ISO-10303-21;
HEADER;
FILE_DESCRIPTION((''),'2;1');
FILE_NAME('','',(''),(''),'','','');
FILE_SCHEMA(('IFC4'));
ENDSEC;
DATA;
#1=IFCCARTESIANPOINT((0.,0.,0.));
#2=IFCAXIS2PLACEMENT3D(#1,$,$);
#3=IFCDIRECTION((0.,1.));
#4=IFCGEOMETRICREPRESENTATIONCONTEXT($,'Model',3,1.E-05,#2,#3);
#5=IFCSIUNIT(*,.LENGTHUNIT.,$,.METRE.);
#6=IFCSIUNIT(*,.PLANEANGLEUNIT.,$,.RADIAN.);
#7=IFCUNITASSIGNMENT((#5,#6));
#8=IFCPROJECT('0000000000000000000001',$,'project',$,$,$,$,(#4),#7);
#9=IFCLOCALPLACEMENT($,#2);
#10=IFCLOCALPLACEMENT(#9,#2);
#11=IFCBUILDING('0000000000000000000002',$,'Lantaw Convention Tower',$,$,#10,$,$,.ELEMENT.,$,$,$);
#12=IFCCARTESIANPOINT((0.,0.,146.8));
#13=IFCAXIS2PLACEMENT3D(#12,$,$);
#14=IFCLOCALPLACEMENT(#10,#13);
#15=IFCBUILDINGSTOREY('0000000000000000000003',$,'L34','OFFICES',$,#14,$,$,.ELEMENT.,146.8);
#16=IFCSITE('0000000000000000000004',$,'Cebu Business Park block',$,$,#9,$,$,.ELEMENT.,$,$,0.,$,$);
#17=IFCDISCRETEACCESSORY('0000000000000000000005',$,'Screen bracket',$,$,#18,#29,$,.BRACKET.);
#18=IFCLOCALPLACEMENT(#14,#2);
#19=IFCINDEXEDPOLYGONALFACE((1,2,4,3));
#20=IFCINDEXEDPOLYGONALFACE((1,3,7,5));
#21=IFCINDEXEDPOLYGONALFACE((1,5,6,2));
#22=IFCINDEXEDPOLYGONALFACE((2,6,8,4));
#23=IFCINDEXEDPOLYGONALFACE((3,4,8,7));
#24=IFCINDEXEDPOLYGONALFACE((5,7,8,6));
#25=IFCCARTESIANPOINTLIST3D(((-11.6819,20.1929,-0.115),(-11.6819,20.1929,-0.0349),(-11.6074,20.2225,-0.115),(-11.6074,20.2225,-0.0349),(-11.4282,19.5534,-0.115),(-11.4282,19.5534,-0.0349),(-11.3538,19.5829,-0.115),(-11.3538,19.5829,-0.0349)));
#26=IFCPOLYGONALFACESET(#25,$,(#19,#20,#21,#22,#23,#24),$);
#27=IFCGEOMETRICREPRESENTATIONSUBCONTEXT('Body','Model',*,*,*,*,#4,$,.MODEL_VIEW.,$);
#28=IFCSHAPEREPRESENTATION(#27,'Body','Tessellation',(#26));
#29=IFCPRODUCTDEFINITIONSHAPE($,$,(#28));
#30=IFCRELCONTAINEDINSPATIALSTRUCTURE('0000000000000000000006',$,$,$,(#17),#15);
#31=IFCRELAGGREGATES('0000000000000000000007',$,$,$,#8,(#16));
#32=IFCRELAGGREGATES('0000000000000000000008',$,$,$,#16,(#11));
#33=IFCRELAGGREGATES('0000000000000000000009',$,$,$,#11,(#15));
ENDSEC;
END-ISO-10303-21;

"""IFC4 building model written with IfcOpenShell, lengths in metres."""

from ifc_helpers import new_model, si_unit, direction, frame, origin, origin_2d, place, context, subcontext, project, spatial, rectangle, extrude, element, save


model = new_model("IFC4")

# Units and contexts
model_context = context("Model", 3, precision=1e-05, world=origin(), true_north=direction((0.0, 1.0)))
body_context = subcontext(model_context, "Body", "Model", "MODEL_VIEW")
ifc_project = project(units=[si_unit("LENGTHUNIT", "METRE"), si_unit("PLANEANGLEUNIT", "RADIAN")], contexts=[model_context])

# Site, building, storey
site_placement = place(None, origin())
site = spatial("IfcSite", under=ifc_project, at=site_placement, Name="Cebu Business Park block", CompositionType="ELEMENT", RefElevation=0.0)
building_placement = place(site_placement, origin())
building = spatial("IfcBuilding", under=site, at=building_placement, Name="Lantaw Convention Tower", CompositionType="ELEMENT")
storey_placement = place(building_placement, frame((0.0, 0.0, 146.8)))
storey = spatial("IfcBuildingStorey", under=building, at=storey_placement, Name="L34", Description="OFFICES", CompositionType="ELEMENT", Elevation=146.8)

# Discrete accessory
for number, where, z_axis, x_axis, name in (
    (1, (-11.5178, 19.8879, -0.115), (0.0, 0.0, 1.0), (-0.929548, -0.368702, 0.0), "Screen bracket"),
):
    element("IfcDiscreteAccessory", number, at=place(storey_placement, frame(where, z_axis=z_axis, x_axis=x_axis)), inside=storey, Name=name, PredefinedType="BRACKET", context=body_context, shape_type="SweptSolid", body=[
        extrude(rectangle(XDim=0.0801, YDim=0.688, at=origin_2d()), origin(), (0.0, 0.0, 1.0), 0.0801),
    ])

save(model, "model.ifc")
